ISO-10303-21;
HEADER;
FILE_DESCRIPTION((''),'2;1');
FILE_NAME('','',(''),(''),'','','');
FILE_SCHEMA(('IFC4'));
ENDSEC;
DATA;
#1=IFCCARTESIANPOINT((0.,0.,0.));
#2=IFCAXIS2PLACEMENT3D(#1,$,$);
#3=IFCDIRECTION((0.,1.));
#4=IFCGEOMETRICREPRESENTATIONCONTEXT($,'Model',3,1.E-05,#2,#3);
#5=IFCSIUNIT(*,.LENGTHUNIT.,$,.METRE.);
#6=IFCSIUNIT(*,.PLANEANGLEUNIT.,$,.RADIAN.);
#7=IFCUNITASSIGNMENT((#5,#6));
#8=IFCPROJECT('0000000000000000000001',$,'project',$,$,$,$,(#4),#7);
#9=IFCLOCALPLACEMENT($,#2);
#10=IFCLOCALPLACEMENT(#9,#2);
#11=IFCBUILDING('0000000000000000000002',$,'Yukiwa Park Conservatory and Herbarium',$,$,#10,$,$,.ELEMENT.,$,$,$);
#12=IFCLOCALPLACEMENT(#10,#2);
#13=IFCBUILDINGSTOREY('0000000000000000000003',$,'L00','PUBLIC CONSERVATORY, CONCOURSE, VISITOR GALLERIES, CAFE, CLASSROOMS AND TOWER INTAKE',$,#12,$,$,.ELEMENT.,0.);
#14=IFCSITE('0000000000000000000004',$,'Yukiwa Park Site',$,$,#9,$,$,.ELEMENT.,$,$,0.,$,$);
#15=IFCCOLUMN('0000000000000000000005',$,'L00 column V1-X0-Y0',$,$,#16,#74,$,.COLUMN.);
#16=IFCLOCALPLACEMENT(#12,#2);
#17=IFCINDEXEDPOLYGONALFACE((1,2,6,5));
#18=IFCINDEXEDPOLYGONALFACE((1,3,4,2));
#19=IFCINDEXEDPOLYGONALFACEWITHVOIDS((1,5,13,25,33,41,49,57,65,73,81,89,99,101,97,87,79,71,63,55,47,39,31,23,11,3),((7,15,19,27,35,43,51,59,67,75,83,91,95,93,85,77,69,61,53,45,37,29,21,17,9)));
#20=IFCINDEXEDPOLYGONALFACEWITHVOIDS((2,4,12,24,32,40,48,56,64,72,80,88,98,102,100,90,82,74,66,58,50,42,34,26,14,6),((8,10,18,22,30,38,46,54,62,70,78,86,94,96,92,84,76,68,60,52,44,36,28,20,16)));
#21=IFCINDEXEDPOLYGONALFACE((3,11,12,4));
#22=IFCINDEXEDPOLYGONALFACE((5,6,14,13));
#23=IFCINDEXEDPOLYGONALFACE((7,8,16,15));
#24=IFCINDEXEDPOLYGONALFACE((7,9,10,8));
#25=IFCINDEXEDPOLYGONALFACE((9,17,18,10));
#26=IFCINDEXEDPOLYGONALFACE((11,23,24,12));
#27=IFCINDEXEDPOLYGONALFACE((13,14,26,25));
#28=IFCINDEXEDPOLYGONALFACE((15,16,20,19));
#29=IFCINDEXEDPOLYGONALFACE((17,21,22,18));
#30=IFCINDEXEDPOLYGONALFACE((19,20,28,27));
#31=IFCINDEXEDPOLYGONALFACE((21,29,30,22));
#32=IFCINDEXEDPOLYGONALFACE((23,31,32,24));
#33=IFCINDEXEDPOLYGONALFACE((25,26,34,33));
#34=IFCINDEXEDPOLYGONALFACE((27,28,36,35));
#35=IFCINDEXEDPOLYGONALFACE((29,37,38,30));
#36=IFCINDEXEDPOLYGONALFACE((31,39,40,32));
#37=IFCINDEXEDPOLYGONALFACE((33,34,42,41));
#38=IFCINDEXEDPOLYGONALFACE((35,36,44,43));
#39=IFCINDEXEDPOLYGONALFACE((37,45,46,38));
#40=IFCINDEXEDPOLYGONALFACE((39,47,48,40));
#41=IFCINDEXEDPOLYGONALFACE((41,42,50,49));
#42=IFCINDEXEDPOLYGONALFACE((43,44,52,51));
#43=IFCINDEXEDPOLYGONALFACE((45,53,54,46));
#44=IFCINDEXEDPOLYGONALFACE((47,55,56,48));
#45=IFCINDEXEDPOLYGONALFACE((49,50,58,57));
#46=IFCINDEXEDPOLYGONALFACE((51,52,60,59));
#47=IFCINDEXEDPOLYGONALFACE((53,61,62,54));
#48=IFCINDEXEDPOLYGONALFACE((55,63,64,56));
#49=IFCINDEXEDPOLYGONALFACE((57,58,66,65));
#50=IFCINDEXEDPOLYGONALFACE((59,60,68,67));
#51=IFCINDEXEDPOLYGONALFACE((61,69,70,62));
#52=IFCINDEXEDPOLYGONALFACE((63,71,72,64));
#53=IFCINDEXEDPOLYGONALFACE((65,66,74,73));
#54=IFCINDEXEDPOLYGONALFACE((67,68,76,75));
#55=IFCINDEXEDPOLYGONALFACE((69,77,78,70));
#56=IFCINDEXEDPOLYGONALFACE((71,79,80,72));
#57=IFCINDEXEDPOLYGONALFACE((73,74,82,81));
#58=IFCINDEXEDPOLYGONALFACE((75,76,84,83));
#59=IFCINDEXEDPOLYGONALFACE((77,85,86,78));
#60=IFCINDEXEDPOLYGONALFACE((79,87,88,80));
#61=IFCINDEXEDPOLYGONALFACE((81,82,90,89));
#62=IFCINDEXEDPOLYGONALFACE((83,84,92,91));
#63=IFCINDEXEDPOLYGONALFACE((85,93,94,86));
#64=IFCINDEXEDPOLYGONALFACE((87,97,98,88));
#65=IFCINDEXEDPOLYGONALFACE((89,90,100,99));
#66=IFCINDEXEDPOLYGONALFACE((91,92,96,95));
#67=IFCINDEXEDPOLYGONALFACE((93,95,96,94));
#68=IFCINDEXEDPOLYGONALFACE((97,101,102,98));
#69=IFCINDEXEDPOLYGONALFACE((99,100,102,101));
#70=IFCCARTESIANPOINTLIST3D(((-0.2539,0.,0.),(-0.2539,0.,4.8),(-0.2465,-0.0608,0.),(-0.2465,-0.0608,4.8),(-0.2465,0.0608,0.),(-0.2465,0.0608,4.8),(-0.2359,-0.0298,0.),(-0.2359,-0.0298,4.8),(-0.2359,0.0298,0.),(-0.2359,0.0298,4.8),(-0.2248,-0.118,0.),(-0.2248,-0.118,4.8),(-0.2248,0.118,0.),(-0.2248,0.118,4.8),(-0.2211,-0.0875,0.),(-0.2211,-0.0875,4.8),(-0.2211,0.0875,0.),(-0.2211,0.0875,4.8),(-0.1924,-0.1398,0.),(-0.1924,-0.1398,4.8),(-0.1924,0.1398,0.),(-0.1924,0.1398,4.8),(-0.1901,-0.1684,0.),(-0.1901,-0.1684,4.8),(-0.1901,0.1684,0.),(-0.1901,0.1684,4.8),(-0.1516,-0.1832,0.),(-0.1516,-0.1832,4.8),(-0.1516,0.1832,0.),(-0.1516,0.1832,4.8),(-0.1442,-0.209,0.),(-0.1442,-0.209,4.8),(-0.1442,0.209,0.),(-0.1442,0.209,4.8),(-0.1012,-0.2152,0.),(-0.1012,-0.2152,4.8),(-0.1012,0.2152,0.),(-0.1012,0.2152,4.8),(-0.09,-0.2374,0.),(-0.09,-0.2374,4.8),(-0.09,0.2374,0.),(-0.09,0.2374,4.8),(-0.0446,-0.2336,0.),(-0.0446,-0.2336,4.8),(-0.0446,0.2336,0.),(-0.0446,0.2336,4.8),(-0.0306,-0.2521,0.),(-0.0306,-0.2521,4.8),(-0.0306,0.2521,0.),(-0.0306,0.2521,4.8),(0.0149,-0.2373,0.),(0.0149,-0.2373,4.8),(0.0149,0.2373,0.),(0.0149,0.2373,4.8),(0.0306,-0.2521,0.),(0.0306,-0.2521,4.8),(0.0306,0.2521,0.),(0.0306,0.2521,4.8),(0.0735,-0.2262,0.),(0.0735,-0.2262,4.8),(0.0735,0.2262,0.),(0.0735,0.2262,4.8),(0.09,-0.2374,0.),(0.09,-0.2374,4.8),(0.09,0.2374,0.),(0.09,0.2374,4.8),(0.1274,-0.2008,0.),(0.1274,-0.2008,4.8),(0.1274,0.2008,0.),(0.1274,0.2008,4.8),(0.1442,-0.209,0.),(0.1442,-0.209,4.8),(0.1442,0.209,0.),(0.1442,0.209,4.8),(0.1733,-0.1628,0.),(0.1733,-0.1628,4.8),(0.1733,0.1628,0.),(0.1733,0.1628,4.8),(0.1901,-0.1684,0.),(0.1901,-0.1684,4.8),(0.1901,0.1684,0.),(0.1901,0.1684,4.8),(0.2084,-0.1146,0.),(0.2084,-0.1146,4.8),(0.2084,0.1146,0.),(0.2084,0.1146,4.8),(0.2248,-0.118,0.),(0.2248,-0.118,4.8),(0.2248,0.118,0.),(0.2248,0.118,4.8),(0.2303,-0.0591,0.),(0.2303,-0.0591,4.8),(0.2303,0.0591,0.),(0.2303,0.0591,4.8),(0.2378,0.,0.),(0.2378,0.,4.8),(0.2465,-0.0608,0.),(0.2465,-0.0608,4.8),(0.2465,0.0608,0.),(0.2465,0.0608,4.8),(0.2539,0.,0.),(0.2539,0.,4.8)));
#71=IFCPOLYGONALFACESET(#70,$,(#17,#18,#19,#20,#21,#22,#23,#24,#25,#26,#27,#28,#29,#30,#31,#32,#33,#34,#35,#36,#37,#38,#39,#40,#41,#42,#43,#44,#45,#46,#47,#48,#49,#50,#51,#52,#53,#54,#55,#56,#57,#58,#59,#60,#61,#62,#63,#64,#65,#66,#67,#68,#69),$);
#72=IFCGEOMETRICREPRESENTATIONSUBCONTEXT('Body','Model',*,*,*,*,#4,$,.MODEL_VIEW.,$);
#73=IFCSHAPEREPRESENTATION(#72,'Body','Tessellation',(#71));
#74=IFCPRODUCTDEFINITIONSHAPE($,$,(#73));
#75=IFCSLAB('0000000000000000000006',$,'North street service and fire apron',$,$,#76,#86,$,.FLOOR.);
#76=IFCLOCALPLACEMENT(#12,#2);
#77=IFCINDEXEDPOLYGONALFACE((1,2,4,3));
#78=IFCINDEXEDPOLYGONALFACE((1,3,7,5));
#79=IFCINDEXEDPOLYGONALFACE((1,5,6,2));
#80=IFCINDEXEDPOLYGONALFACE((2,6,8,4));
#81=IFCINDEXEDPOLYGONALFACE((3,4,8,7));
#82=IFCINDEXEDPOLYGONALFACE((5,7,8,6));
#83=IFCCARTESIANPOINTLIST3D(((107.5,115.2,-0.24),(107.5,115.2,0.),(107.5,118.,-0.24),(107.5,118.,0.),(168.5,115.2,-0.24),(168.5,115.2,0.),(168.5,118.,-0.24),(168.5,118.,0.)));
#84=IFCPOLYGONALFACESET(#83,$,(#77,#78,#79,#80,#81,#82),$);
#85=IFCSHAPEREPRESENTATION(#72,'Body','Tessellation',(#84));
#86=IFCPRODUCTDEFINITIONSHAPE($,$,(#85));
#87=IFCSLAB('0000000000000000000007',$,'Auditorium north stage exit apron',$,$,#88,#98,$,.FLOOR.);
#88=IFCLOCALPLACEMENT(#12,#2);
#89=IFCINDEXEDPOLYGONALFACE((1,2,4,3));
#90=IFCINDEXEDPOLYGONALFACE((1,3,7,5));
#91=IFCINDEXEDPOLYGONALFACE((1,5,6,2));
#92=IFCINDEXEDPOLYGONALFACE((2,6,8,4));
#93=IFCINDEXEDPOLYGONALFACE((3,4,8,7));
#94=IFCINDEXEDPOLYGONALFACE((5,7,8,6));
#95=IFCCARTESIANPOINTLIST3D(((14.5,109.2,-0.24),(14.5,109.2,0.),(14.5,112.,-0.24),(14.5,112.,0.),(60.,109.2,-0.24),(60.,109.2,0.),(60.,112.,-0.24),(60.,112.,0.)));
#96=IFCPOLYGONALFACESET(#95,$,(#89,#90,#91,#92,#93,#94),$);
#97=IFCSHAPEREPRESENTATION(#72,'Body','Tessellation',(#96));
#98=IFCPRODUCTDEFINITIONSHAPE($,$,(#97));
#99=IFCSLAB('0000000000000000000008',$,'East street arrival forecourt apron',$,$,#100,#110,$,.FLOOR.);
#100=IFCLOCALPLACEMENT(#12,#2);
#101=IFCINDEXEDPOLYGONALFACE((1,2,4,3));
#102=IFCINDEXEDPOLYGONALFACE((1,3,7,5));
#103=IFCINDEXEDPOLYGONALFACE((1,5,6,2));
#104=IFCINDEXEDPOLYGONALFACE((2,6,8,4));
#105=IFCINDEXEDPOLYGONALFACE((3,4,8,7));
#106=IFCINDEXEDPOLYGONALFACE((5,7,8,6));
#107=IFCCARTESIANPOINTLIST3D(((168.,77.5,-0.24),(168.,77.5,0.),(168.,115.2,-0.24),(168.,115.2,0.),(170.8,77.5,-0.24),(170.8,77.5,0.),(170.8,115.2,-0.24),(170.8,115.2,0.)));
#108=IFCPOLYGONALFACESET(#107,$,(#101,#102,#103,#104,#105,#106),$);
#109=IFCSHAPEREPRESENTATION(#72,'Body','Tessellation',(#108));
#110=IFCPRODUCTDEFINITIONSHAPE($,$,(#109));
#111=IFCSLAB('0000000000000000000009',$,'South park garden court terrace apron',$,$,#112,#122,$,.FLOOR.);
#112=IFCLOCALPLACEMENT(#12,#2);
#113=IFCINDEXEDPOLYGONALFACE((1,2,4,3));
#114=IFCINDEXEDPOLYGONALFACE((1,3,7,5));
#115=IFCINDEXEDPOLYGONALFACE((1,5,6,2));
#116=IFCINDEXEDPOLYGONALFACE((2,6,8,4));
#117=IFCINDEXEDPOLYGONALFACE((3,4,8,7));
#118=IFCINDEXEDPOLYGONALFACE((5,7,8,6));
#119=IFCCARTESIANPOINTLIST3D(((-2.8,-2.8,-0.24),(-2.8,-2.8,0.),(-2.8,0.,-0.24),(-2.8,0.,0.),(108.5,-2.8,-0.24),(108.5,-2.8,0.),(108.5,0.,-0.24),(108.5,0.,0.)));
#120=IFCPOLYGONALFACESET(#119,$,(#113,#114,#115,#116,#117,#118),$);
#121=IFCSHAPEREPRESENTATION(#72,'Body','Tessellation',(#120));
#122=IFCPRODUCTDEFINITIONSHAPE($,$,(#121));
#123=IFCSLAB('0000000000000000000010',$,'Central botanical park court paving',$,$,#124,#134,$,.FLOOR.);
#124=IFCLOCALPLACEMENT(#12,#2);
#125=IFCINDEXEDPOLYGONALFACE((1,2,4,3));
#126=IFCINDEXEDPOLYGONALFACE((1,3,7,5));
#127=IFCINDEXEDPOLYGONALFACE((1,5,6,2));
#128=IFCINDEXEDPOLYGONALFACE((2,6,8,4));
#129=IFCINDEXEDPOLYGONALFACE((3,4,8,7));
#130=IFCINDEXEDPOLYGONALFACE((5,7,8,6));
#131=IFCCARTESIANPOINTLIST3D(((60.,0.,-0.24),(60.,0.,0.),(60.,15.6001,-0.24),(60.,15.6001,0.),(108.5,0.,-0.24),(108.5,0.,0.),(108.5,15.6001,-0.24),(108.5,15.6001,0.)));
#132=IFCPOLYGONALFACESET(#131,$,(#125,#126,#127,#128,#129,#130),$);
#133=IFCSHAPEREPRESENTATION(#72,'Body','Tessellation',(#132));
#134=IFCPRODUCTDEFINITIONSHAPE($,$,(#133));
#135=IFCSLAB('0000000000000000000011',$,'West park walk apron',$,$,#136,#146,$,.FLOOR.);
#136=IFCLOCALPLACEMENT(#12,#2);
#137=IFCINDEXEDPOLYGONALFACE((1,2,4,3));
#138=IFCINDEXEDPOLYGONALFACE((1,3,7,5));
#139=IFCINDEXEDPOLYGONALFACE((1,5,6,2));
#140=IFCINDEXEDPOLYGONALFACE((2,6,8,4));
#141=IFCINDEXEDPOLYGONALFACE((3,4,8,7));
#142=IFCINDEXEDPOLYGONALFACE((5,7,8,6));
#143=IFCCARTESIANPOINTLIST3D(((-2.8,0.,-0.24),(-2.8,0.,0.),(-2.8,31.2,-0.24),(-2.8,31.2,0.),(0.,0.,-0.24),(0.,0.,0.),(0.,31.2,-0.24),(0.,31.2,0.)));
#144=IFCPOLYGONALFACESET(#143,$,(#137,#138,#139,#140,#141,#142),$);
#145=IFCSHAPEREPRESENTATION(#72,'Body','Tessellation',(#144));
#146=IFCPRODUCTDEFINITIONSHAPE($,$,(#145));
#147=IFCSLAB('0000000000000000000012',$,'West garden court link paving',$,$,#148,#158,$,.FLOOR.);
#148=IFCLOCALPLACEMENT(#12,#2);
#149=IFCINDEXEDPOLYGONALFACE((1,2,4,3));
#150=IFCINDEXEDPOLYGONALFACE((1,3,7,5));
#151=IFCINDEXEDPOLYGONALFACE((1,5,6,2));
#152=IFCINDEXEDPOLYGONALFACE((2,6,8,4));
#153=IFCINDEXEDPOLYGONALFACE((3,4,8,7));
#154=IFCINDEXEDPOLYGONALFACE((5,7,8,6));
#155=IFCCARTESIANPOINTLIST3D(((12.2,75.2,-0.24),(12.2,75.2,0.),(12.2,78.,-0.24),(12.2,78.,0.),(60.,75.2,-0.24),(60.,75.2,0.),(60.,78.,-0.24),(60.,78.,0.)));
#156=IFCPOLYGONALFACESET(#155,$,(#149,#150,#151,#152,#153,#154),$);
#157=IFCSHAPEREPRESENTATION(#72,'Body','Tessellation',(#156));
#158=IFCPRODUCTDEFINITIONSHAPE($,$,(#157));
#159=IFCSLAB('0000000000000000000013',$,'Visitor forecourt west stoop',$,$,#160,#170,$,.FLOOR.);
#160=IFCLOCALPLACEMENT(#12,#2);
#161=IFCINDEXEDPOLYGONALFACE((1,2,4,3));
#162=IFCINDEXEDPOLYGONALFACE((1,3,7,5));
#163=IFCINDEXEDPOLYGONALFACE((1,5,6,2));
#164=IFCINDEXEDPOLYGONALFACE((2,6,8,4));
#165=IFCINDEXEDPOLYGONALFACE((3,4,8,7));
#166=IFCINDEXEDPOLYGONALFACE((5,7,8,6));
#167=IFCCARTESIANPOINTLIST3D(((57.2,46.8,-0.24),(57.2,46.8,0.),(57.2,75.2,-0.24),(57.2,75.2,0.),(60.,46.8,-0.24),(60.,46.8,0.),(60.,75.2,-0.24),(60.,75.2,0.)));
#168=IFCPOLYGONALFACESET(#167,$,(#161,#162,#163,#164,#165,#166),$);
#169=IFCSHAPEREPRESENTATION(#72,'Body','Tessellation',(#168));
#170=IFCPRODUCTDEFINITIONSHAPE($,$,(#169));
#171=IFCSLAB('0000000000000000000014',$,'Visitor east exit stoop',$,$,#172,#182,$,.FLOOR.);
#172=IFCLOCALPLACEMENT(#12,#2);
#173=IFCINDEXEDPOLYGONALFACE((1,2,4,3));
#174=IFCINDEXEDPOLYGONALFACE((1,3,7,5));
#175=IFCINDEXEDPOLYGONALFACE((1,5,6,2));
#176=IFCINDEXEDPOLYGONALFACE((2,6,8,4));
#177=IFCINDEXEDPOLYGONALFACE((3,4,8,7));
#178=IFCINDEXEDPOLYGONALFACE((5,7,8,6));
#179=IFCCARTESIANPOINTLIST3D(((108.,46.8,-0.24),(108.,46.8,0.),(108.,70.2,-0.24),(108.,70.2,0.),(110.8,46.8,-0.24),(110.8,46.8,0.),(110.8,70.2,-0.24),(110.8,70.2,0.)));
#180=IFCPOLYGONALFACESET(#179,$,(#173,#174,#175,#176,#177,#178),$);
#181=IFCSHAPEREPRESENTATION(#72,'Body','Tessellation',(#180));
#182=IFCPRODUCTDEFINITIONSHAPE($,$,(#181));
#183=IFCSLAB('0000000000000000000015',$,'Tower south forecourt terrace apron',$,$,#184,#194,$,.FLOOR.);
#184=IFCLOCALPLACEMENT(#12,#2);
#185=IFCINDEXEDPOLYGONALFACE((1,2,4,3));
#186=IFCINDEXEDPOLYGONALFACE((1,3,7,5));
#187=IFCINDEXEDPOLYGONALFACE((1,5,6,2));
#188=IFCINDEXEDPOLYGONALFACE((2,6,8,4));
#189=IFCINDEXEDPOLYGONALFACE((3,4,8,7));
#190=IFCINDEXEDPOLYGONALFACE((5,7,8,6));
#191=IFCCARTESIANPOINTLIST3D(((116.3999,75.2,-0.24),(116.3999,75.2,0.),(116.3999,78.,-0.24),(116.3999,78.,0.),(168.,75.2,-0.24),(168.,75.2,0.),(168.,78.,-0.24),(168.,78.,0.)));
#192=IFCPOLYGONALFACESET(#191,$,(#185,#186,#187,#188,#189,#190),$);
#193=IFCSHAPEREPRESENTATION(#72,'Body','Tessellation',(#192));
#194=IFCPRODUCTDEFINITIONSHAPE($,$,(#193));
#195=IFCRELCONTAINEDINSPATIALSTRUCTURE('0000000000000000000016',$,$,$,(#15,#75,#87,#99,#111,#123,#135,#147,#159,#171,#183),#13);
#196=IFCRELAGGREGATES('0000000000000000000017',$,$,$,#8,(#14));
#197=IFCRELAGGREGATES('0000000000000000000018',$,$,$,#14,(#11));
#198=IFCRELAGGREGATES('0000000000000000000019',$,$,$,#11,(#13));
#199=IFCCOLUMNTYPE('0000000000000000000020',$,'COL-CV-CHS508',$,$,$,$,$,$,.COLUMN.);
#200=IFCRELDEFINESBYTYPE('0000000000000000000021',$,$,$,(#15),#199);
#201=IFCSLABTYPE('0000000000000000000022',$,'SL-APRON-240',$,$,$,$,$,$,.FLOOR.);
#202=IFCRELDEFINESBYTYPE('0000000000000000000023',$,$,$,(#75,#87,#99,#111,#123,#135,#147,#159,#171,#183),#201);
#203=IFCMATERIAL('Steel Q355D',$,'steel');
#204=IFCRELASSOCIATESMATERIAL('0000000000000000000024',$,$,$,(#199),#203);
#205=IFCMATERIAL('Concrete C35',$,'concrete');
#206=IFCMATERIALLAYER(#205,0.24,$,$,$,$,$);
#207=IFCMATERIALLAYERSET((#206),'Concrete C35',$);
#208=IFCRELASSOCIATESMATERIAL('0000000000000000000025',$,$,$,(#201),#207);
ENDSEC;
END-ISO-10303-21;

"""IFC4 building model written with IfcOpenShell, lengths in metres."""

from ifc_helpers import new_model, si_unit, direction, frame, origin, origin_with_axes, origin_2d, place, context, subcontext, project, spatial, polyline, hollow_circle, outline, extrude, material, layer, layer_set, material_profile, profile_set, type_object, element, save


model = new_model("IFC4")

# Units and contexts
model_context = context("Model", 3, precision=1e-05, world=origin(), true_north=direction((0.0, 1.0)))
body_context = subcontext(model_context, "Body", "Model", "MODEL_VIEW")
ifc_project = project(units=[si_unit("LENGTHUNIT", "METRE"), si_unit("PLANEANGLEUNIT", "RADIAN")], contexts=[model_context])

# Site, building, storey
site_placement = place(None, origin())
site = spatial("IfcSite", under=ifc_project, at=site_placement, Name="Yukiwa Park Site", CompositionType="ELEMENT", RefElevation=0.0)
building_placement = place(site_placement, origin())
building = spatial("IfcBuilding", under=site, at=building_placement, Name="Yukiwa Park Conservatory and Herbarium", CompositionType="ELEMENT")
storey_placement = place(building_placement, origin())
storey = spatial("IfcBuildingStorey", under=building, at=storey_placement, Name="L00", Description="PUBLIC CONSERVATORY, CONCOURSE, VISITOR GALLERIES, CAFE, CLASSROOMS AND TOWER INTAKE", CompositionType="ELEMENT", Elevation=0.0)

# Column
ifc_material_1 = material(Name="Steel Q355D", Category="steel")
ifc_material_profile = material_profile(ifc_material_1, hollow_circle(Radius=0.2539, WallThickness=0.0161, at=origin_2d()), Name="CHS 508x16")
ifc_profile_set = profile_set([ifc_material_profile], Name="Steel Q355D")
column_type = type_object("IfcColumnType", Name="COL-CV-CHS508", PredefinedType="COLUMN", material=ifc_profile_set)
column_placement = place(storey_placement, origin_with_axes())
element("IfcColumn", 1, at=column_placement, inside=storey, type_object=column_type, Name="L00 column V1-X0-Y0", PredefinedType="COLUMN", context=body_context, shape_type="SweptSolid", body=[
    extrude(hollow_circle(Radius=0.2539, WallThickness=0.0161, at=origin_2d()), origin(), (0.0, 0.0, 1.0), 4.8),
])

# Slabs
ifc_material_2 = material(Name="Concrete C35", Category="concrete")
ifc_layer_1 = layer(ifc_material_2, 0.24)
ifc_layer_set_1 = layer_set([ifc_layer_1], Name="Concrete C35")
slab_type_1 = type_object("IfcSlabType", Name="SL-APRON-240", PredefinedType="FLOOR", material=ifc_layer_set_1)
slab_1_placement = place(storey_placement, frame((0.0, 0.0, -0.24)))
element("IfcSlab", 2, at=slab_1_placement, inside=storey, type_object=slab_type_1, Name="North street service and fire apron", PredefinedType="FLOOR", context=body_context, shape_type="SweptSolid", body=[
    extrude(outline(polyline([(107.5, 115.2), (168.5, 115.2), (168.5, 118.0), (107.5, 118.0), (107.5, 115.2)])), origin(), (0.0, 0.0, 1.0), 0.24),
])
slab_2_placement = place(storey_placement, frame((0.0, 0.0, -0.24)))
element("IfcSlab", 3, at=slab_2_placement, inside=storey, type_object=slab_type_1, Name="Auditorium north stage exit apron", PredefinedType="FLOOR", context=body_context, shape_type="SweptSolid", body=[
    extrude(outline(polyline([(14.5, 109.2), (60.0, 109.2), (60.0, 112.0), (14.5, 112.0), (14.5, 109.2)])), origin(), (0.0, 0.0, 1.0), 0.24),
])
slab_3_placement = place(storey_placement, frame((0.0, 0.0, -0.24)))
element("IfcSlab", 4, at=slab_3_placement, inside=storey, type_object=slab_type_1, Name="East street arrival forecourt apron", PredefinedType="FLOOR", context=body_context, shape_type="SweptSolid", body=[
    extrude(outline(polyline([(168.0, 77.5), (170.8, 77.5), (170.8, 115.2), (168.0, 115.2), (168.0, 77.5)])), origin(), (0.0, 0.0, 1.0), 0.24),
])
slab_4_placement = place(storey_placement, frame((0.0, 0.0, -0.24)))
element("IfcSlab", 5, at=slab_4_placement, inside=storey, type_object=slab_type_1, Name="South park garden court terrace apron", PredefinedType="FLOOR", context=body_context, shape_type="SweptSolid", body=[
    extrude(outline(polyline([(-2.8, -2.8), (108.5, -2.8), (108.5, 0.0), (-2.8, 0.0), (-2.8, -2.8)])), origin(), (0.0, 0.0, 1.0), 0.24),
])
slab_5_placement = place(storey_placement, frame((0.0, 0.0, -0.24)))
element("IfcSlab", 6, at=slab_5_placement, inside=storey, type_object=slab_type_1, Name="Central botanical park court paving", PredefinedType="FLOOR", context=body_context, shape_type="SweptSolid", body=[
    extrude(outline(polyline([(60.0, 0.0), (108.5, 0.0), (108.5, 15.6001), (60.0, 15.6001), (60.0, 0.0)])), origin(), (0.0, 0.0, 1.0), 0.24),
])
slab_6_placement = place(storey_placement, frame((0.0, 0.0, -0.24)))
element("IfcSlab", 7, at=slab_6_placement, inside=storey, type_object=slab_type_1, Name="West park walk apron", PredefinedType="FLOOR", context=body_context, shape_type="SweptSolid", body=[
    extrude(outline(polyline([(-2.8, 0.0), (0.0, 0.0), (0.0, 31.2), (-2.8, 31.2), (-2.8, 0.0)])), origin(), (0.0, 0.0, 1.0), 0.24),
])
slab_7_placement = place(storey_placement, frame((0.0, 0.0, -0.24)))
element("IfcSlab", 8, at=slab_7_placement, inside=storey, type_object=slab_type_1, Name="West garden court link paving", PredefinedType="FLOOR", context=body_context, shape_type="SweptSolid", body=[
    extrude(outline(polyline([(12.2, 75.2), (60.0, 75.2), (60.0, 78.0), (12.2, 78.0), (12.2, 75.2)])), origin(), (0.0, 0.0, 1.0), 0.24),
])
slab_8_placement = place(storey_placement, frame((0.0, 0.0, -0.24)))
element("IfcSlab", 9, at=slab_8_placement, inside=storey, type_object=slab_type_1, Name="Visitor forecourt west stoop", PredefinedType="FLOOR", context=body_context, shape_type="SweptSolid", body=[
    extrude(outline(polyline([(57.2, 46.8), (60.0, 46.8), (60.0, 75.2), (57.2, 75.2), (57.2, 46.8)])), origin(), (0.0, 0.0, 1.0), 0.24),
])
slab_9_placement = place(storey_placement, frame((0.0, 0.0, -0.24)))
element("IfcSlab", 10, at=slab_9_placement, inside=storey, type_object=slab_type_1, Name="Visitor east exit stoop", PredefinedType="FLOOR", context=body_context, shape_type="SweptSolid", body=[
    extrude(outline(polyline([(108.0, 46.8), (110.8, 46.8), (110.8, 70.2), (108.0, 70.2), (108.0, 46.8)])), origin(), (0.0, 0.0, 1.0), 0.24),
])
slab_10_placement = place(storey_placement, frame((0.0, 0.0, -0.24)))
element("IfcSlab", 11, at=slab_10_placement, inside=storey, type_object=slab_type_1, Name="Tower south forecourt terrace apron", PredefinedType="FLOOR", context=body_context, shape_type="SweptSolid", body=[
    extrude(outline(polyline([(116.3999, 75.2), (168.0, 75.2), (168.0, 78.0), (116.3999, 78.0), (116.3999, 75.2)])), origin(), (0.0, 0.0, 1.0), 0.24),
])

save(model, "model.ifc")
